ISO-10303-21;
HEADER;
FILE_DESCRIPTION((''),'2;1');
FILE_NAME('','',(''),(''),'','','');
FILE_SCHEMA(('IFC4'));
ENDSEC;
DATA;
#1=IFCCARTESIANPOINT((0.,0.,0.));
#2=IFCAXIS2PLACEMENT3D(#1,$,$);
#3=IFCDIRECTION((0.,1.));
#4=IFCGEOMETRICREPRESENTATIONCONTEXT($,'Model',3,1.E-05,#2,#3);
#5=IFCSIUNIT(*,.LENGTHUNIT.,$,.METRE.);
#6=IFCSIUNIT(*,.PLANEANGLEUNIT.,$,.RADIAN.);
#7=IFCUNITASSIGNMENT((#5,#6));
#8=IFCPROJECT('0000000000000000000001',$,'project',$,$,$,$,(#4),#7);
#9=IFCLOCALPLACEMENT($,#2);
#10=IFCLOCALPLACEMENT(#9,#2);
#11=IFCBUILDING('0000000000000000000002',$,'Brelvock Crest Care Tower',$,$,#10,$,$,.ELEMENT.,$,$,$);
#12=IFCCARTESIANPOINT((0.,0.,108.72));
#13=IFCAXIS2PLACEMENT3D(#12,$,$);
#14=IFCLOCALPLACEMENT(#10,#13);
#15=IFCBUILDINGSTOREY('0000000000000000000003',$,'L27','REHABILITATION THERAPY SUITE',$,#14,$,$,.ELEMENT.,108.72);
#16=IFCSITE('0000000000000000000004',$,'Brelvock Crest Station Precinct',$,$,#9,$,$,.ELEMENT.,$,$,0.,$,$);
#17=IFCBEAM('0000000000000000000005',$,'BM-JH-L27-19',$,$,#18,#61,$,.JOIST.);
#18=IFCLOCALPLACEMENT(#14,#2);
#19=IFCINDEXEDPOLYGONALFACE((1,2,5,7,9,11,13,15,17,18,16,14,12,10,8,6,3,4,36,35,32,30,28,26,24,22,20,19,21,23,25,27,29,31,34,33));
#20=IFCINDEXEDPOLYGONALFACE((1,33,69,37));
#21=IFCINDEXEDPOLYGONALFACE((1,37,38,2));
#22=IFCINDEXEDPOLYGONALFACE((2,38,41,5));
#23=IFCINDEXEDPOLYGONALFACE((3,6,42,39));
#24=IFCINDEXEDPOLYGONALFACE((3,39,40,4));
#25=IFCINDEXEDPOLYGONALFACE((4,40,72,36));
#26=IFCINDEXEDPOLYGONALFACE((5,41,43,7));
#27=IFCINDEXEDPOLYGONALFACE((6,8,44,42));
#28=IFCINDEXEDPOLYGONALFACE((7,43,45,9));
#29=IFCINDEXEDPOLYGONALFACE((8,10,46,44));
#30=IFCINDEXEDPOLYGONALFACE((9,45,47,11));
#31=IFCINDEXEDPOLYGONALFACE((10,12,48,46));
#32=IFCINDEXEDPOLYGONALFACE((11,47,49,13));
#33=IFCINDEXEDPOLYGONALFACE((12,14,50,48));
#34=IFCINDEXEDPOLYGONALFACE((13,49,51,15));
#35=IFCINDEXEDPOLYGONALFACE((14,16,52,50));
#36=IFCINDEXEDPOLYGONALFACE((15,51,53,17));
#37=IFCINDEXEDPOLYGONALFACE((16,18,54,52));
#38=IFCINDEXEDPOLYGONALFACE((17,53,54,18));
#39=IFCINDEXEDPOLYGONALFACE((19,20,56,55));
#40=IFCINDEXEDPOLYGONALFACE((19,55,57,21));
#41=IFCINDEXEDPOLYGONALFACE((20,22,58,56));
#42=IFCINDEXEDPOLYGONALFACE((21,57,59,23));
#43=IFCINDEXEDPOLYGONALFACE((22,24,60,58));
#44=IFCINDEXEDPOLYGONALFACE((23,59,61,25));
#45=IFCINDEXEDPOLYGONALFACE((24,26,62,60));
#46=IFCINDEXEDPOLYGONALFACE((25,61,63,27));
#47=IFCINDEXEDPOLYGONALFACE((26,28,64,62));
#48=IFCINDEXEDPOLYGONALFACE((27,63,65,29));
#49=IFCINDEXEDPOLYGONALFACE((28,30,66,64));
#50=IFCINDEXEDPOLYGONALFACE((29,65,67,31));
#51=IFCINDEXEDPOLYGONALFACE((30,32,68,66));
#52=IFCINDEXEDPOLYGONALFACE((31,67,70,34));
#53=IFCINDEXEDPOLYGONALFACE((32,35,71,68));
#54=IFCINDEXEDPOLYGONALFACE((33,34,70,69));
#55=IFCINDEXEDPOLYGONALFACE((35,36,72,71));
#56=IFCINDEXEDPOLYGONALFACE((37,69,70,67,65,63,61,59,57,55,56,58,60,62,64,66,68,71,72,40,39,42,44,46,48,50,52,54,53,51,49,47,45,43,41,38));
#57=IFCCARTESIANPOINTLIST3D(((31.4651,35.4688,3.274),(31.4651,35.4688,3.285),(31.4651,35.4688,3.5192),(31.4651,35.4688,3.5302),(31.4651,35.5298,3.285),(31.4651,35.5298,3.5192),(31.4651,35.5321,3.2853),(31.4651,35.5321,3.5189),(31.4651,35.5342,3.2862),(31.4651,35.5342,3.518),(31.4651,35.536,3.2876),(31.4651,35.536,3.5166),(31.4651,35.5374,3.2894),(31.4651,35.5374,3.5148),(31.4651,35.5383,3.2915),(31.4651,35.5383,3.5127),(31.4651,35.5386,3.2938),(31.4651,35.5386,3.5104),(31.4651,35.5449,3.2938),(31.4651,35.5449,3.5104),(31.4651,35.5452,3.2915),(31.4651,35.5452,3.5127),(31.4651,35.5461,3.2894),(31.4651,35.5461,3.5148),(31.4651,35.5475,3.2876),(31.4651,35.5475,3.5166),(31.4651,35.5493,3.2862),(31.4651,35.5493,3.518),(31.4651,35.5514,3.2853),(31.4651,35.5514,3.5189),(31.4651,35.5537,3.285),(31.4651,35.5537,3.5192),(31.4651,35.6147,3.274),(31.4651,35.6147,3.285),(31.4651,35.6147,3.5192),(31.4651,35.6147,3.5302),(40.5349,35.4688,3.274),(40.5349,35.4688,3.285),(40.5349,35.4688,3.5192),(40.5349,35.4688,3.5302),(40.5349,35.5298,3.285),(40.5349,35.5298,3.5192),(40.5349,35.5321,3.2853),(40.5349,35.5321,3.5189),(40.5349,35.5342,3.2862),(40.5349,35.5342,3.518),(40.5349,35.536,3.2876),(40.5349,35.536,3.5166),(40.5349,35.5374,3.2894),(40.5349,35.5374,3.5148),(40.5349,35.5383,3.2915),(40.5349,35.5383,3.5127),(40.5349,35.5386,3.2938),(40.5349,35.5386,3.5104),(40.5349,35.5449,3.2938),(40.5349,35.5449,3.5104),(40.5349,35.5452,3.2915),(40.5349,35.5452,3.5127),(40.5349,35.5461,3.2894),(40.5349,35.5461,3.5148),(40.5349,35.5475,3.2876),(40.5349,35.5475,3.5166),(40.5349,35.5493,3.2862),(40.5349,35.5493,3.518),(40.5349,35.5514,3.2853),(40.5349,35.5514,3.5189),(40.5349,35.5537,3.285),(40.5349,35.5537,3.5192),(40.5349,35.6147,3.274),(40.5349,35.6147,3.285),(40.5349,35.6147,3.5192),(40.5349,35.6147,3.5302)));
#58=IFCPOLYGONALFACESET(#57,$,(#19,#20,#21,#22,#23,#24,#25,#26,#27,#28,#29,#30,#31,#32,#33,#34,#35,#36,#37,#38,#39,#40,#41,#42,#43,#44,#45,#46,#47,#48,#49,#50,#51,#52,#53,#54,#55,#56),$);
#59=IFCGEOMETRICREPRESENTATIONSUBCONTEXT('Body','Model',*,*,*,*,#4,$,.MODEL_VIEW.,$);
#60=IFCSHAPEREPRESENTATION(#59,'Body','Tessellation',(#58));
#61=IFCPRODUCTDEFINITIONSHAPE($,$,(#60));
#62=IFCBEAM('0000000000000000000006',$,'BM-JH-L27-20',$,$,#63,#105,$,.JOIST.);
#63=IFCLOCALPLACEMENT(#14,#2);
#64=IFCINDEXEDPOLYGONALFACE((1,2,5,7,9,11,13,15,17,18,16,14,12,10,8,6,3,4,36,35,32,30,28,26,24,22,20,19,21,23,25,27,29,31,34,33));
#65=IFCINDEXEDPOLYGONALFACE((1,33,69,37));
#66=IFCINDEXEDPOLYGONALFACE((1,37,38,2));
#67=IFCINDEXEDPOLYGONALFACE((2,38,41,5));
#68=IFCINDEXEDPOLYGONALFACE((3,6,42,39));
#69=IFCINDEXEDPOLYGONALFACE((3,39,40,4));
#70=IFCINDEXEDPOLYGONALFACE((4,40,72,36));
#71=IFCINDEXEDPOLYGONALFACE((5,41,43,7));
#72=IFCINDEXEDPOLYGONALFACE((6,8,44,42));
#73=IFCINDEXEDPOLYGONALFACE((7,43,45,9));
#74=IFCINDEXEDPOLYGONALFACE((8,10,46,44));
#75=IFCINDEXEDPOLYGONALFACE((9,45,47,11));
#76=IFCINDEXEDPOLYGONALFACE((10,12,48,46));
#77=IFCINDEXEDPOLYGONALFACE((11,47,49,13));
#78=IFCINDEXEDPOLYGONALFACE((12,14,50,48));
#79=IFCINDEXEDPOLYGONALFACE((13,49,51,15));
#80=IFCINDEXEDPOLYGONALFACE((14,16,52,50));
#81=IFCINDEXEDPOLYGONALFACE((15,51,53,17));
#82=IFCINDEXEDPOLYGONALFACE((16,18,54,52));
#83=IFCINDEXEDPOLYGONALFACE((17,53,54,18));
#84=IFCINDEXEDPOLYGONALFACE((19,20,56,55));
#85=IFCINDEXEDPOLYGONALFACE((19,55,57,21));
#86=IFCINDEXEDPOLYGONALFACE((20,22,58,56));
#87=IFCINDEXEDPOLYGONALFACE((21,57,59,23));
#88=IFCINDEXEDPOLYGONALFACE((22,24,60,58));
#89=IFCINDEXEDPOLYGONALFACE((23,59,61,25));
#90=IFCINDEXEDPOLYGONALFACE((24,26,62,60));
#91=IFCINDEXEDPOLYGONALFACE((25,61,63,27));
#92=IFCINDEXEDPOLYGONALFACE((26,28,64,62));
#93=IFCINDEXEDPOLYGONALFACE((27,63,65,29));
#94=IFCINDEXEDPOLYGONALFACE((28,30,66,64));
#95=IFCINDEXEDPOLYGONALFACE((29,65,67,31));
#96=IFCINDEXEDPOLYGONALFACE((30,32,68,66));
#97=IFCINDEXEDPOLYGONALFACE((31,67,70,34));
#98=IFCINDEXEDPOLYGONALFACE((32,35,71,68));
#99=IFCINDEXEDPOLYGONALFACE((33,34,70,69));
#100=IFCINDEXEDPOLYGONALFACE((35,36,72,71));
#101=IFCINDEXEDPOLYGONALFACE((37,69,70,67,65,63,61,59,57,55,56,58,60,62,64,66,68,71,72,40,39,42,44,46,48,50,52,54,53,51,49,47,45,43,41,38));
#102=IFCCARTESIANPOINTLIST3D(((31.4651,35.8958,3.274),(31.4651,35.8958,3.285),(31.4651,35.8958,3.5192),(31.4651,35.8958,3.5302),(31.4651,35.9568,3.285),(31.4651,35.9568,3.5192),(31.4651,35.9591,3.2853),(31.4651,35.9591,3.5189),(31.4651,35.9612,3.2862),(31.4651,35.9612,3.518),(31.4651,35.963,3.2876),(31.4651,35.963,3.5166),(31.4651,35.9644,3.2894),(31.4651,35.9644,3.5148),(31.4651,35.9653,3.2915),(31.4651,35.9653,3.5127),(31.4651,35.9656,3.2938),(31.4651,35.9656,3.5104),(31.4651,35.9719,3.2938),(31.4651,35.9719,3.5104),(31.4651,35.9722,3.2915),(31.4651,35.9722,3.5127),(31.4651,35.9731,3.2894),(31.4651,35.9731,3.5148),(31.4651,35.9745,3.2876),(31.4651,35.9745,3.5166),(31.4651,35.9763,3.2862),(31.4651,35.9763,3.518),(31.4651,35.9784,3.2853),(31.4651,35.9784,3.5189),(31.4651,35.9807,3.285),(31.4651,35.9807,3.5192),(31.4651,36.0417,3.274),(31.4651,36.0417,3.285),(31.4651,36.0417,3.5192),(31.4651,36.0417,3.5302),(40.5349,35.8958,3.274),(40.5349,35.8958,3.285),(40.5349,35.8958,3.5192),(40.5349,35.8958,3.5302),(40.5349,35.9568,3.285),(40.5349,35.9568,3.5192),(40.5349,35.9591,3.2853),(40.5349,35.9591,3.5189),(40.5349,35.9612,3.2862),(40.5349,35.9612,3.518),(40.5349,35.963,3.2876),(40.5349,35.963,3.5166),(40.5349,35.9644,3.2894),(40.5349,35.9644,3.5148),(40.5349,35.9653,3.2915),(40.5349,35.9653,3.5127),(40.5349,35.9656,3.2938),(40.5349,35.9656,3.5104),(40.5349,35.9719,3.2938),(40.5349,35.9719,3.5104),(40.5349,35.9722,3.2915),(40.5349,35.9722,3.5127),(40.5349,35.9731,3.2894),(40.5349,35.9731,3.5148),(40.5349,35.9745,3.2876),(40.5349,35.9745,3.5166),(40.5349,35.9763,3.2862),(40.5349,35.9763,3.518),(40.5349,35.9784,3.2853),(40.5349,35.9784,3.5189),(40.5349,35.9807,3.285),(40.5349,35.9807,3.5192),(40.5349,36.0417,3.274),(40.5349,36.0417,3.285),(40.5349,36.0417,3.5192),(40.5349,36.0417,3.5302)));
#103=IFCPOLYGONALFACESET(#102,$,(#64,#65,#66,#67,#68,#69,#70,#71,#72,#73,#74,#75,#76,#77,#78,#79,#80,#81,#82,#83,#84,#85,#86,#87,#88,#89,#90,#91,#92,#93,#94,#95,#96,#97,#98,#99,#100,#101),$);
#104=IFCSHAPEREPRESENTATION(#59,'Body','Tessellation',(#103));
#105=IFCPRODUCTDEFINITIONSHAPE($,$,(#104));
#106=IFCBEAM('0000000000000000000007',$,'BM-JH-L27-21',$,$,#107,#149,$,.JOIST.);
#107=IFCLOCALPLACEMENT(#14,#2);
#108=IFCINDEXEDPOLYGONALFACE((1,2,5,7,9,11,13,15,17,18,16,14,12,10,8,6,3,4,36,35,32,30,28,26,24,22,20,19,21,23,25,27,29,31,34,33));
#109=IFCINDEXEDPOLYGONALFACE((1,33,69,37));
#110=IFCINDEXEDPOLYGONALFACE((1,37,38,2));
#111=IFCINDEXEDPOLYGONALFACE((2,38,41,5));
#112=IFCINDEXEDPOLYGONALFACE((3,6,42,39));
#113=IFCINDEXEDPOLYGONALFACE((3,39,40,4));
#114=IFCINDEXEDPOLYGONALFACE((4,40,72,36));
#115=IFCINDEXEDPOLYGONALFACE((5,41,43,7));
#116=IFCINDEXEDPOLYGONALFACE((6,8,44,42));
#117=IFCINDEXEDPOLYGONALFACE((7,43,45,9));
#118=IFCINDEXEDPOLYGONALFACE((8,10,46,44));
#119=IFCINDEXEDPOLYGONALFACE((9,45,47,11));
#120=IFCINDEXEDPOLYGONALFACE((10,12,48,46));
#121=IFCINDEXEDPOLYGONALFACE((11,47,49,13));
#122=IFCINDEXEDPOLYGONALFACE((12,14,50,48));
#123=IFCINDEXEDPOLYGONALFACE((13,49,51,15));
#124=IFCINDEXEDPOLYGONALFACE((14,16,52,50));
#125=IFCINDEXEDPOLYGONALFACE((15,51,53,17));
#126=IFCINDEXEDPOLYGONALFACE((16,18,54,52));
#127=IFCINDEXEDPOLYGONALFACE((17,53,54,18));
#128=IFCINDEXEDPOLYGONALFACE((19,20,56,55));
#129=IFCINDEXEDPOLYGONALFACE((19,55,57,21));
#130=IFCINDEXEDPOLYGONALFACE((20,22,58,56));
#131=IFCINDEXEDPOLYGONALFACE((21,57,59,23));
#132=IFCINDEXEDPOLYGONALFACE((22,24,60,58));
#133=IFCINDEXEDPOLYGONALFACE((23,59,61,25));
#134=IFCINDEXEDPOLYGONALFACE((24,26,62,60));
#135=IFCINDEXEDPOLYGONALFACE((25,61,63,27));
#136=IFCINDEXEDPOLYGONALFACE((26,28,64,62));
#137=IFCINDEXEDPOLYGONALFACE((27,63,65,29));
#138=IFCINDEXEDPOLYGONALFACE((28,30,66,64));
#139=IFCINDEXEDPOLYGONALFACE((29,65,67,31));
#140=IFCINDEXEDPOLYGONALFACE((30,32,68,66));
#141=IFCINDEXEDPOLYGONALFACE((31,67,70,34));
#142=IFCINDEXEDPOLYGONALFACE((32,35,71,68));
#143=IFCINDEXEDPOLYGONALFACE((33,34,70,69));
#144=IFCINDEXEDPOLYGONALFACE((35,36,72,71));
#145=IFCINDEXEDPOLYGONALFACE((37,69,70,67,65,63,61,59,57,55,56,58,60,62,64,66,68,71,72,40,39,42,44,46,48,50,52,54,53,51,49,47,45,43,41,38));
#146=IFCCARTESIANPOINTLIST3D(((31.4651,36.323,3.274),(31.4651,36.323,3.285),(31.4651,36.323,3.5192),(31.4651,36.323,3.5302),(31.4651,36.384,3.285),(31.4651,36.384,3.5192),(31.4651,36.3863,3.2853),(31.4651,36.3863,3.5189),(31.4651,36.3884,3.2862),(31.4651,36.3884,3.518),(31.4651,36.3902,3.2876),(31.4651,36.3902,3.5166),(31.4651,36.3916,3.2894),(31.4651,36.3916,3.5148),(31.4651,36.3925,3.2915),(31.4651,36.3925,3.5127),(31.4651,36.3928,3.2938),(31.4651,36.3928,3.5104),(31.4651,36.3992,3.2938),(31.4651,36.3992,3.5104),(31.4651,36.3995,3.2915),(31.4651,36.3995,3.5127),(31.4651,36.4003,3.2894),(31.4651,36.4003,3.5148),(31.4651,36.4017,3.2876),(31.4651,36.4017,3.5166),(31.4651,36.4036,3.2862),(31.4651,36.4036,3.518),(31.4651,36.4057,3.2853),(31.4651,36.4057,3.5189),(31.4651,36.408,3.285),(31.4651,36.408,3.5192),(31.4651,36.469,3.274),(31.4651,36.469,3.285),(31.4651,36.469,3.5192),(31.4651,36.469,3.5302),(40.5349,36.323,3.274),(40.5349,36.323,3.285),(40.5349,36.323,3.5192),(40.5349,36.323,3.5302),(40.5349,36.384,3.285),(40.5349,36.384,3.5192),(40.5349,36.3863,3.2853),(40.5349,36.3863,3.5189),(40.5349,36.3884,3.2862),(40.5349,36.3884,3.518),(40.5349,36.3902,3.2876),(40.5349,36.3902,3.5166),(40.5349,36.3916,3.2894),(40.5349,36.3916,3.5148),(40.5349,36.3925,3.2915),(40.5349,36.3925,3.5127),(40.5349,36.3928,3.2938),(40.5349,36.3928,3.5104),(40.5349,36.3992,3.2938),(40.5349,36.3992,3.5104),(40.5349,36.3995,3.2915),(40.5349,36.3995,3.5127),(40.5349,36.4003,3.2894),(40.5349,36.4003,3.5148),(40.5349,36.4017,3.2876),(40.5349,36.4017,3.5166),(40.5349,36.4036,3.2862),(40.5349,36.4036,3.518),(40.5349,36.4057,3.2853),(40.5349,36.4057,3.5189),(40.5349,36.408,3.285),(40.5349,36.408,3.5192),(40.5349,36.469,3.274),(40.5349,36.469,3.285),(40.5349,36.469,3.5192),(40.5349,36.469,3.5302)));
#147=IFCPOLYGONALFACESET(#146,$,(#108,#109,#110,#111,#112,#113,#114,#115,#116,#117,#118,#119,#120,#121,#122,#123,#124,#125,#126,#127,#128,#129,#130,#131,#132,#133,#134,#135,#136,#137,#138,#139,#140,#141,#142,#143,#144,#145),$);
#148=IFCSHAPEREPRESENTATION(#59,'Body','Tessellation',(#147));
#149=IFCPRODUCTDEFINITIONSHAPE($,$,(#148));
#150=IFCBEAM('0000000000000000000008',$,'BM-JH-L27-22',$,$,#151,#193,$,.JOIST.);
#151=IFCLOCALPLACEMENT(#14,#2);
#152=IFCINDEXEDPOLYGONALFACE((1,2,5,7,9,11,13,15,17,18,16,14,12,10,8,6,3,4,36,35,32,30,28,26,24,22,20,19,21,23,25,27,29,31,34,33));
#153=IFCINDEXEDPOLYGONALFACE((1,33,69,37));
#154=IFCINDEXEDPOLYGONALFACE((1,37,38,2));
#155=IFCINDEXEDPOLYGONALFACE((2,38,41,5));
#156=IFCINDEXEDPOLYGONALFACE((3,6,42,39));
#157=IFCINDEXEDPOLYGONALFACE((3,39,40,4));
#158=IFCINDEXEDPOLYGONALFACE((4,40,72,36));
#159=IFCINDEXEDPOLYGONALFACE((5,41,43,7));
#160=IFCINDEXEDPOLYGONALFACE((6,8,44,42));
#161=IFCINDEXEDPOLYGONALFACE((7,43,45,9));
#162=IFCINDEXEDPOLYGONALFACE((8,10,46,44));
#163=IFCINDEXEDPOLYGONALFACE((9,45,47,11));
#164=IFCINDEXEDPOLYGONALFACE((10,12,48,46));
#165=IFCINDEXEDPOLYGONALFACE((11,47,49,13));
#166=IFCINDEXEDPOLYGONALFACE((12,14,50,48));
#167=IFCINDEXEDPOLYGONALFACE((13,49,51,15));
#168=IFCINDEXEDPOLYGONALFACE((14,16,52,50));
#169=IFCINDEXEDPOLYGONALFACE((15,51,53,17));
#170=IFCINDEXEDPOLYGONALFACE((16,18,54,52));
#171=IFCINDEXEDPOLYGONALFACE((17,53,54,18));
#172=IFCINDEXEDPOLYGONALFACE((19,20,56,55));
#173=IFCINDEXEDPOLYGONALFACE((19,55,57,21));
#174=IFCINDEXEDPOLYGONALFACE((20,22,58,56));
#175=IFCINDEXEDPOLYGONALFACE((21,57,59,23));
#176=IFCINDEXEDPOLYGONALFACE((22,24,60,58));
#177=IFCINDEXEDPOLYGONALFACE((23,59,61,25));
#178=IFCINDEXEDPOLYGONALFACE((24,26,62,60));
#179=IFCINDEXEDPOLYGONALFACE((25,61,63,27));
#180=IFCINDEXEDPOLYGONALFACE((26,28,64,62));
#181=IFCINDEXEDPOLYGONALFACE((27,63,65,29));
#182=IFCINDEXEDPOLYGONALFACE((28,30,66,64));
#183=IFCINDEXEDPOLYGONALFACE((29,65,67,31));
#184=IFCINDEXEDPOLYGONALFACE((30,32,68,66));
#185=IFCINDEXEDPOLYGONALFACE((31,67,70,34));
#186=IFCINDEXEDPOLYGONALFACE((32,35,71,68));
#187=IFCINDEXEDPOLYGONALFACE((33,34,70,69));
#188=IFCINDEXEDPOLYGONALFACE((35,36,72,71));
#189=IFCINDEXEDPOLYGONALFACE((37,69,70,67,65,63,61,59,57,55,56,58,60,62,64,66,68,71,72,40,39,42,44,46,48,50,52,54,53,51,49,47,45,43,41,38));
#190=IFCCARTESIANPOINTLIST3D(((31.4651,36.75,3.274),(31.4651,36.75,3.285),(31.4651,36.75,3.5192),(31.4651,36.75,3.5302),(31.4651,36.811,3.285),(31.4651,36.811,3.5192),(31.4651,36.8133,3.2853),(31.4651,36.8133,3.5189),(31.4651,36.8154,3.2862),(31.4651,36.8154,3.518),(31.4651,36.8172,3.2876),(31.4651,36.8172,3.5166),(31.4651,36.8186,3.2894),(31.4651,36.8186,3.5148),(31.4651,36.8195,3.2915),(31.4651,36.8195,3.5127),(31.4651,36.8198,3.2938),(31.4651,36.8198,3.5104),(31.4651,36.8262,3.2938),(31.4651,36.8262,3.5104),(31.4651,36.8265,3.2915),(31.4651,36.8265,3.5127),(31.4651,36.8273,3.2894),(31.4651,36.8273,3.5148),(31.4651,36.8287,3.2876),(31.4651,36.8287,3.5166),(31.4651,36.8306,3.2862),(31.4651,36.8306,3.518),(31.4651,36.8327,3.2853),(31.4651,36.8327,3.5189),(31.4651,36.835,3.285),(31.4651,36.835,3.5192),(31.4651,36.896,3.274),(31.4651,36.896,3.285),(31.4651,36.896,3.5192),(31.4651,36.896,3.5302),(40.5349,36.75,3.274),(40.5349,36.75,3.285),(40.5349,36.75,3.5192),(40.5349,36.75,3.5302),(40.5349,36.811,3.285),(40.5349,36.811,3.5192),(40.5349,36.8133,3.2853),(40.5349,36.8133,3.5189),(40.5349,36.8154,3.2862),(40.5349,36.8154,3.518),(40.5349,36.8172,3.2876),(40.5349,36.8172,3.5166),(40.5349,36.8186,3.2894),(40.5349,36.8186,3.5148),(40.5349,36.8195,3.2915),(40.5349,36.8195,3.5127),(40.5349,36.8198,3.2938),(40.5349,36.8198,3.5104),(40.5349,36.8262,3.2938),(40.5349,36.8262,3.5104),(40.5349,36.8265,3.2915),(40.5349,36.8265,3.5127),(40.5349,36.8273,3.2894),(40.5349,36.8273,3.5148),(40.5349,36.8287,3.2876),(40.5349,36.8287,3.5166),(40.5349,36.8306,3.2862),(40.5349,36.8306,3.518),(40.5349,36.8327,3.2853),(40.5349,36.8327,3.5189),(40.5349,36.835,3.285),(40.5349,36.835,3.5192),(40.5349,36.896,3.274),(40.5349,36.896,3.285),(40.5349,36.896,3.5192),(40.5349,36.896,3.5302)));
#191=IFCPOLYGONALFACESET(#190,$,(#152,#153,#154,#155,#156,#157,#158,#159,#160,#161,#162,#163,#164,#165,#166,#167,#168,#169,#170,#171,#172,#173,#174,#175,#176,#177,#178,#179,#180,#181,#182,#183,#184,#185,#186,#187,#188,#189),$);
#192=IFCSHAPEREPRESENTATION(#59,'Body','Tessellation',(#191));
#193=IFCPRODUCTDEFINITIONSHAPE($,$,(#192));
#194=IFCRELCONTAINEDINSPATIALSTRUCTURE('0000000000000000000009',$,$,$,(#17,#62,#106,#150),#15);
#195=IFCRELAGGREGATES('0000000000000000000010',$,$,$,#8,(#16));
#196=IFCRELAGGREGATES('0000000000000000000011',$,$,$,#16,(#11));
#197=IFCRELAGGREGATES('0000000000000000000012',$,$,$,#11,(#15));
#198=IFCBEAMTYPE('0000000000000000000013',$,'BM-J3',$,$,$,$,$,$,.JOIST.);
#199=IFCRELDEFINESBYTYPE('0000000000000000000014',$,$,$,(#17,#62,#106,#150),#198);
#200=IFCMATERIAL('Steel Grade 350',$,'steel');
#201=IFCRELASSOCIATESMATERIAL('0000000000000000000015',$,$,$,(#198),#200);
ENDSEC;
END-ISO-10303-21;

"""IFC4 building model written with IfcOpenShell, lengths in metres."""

from ifc_helpers import new_model, si_unit, direction, frame, origin, origin_2d, place, context, subcontext, project, spatial, i_section, extrude, source, transform, mapped, material, material_profile, profile_set, type_object, element, save


model = new_model("IFC4")

# Units and contexts
model_context = context("Model", 3, precision=1e-05, world=origin(), true_north=direction((0.0, 1.0)))
body_context = subcontext(model_context, "Body", "Model", "MODEL_VIEW")
ifc_project = project(units=[si_unit("LENGTHUNIT", "METRE"), si_unit("PLANEANGLEUNIT", "RADIAN")], contexts=[model_context])

# Site, building, storey
site_placement = place(None, origin())
site = spatial("IfcSite", under=ifc_project, at=site_placement, Name="Brelvock Crest Station Precinct", CompositionType="ELEMENT", RefElevation=0.0)
building_placement = place(site_placement, origin())
building = spatial("IfcBuilding", under=site, at=building_placement, Name="Brelvock Crest Care Tower", CompositionType="ELEMENT")
storey_placement = place(building_placement, frame((0.0, 0.0, 108.72)))
storey = spatial("IfcBuildingStorey", under=building, at=storey_placement, Name="L27", Description="REHABILITATION THERAPY SUITE", CompositionType="ELEMENT", Elevation=108.72)

# Beams
ifc_material_1 = material(Name="Steel Grade 350", Category="steel")
ifc_material_profile_1 = material_profile(ifc_material_1, i_section(OverallWidth=0.146, OverallDepth=0.2561, WebThickness=0.0063, FlangeThickness=0.011, FilletRadius=0.0088, at=origin_2d()), Name="250UB37.3")
ifc_profile_set_1 = profile_set([ifc_material_profile_1], Name="Steel Grade 350")
beam_type_1 = type_object("IfcBeamType", Name="BM-J3", PredefinedType="JOIST", material=ifc_profile_set_1)
shared_shape_1 = source(origin(), body_context, "Body", "SweptSolid", [
    extrude(i_section(OverallWidth=0.146, OverallDepth=0.2561, WebThickness=0.0063, FlangeThickness=0.011, FilletRadius=0.0088, at=origin_2d()), origin(), (0.0, 0.0, 1.0), 9.0698),
])
for number, where, z_axis, x_axis, name in (
    (1, (31.4651, 35.5417, 3.4021), (1.0, 0.0, 0.0), (0.0, 1.0, 0.0), "BM-JH-L27-19"),
    (2, (31.4651, 35.9688, 3.4021), (1.0, 0.0, 0.0), (0.0, 1.0, 0.0), "BM-JH-L27-20"),
    (3, (31.4651, 36.396, 3.4021), (1.0, 0.0, 0.0), (0.0, 1.0, 0.0), "BM-JH-L27-21"),
    (4, (31.4651, 36.823, 3.4021), (1.0, 0.0, 0.0), (0.0, 1.0, 0.0), "BM-JH-L27-22"),
):
    element("IfcBeam", number, at=place(storey_placement, frame(where, z_axis=z_axis, x_axis=x_axis)), inside=storey, type_object=beam_type_1, Name=name, PredefinedType="JOIST", context=body_context, shape_type="MappedRepresentation", body=[
        mapped(shared_shape_1, transform((0.0, 0.0, 0.0), x_axis=(1.0, 0.0, 0.0), y_axis=(0.0, 1.0, 0.0), z_axis=(0.0, 0.0, 1.0), scale=1.0)),
    ])

save(model, "model.ifc")
